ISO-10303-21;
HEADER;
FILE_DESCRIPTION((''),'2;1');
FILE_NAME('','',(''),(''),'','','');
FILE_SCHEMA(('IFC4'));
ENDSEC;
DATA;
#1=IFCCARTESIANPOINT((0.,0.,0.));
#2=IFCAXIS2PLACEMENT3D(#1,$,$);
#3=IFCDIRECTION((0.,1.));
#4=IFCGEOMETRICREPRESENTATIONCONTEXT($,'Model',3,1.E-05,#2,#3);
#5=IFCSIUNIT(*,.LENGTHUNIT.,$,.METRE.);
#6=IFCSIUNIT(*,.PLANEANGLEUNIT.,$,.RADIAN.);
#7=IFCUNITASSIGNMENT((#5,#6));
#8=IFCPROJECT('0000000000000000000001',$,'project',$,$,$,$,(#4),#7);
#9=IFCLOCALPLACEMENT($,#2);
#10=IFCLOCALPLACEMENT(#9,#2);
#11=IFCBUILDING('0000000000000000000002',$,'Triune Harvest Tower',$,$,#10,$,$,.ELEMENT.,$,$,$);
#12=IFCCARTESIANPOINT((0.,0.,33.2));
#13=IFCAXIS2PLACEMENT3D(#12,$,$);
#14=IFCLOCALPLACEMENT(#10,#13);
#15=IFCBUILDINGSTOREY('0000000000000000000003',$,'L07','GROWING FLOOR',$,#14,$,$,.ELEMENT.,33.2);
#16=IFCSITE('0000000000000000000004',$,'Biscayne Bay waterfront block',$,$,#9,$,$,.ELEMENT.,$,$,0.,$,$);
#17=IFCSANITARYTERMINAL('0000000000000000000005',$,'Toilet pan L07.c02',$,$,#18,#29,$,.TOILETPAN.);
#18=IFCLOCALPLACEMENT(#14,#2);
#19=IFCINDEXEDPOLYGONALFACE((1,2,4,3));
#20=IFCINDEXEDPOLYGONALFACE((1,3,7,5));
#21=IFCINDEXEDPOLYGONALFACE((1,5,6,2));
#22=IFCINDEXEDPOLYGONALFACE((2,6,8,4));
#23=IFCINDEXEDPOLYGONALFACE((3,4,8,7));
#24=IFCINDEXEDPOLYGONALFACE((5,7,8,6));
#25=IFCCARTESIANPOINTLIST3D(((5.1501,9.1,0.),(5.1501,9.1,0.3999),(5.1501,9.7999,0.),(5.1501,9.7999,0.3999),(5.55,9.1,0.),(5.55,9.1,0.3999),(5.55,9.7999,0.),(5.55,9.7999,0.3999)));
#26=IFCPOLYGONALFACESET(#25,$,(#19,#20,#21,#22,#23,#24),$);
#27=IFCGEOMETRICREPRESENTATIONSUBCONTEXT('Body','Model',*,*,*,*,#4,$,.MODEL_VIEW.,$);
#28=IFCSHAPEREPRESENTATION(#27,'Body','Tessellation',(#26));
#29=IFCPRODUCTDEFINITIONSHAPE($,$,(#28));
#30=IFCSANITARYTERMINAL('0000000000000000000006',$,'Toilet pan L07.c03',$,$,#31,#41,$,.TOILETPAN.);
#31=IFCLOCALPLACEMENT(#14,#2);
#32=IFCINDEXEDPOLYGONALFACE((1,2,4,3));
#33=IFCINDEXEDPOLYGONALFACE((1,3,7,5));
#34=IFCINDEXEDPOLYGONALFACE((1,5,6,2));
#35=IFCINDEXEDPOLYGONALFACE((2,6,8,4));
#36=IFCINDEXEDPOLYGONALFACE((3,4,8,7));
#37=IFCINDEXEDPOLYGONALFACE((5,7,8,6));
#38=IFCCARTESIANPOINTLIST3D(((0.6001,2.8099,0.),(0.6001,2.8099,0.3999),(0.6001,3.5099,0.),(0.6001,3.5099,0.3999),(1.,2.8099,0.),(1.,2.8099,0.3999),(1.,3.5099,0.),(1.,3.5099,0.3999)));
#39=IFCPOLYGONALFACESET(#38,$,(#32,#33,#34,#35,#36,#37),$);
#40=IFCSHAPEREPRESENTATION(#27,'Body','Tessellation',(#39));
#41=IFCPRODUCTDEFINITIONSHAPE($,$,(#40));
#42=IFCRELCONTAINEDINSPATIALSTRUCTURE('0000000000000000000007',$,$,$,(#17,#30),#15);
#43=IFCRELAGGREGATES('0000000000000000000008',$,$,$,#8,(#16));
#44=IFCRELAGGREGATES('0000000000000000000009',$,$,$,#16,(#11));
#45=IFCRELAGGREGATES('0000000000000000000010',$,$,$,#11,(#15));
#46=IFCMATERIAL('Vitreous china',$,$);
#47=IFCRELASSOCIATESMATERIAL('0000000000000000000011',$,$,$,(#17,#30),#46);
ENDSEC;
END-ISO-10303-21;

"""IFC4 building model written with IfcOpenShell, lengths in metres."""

from ifc_helpers import new_model, si_unit, direction, frame, origin, origin_2d, place, context, subcontext, project, spatial, rectangle, extrude, source, transform, mapped, material, element, save


model = new_model("IFC4")

# Units and contexts
model_context = context("Model", 3, precision=1e-05, world=origin(), true_north=direction((0.0, 1.0)))
body_context = subcontext(model_context, "Body", "Model", "MODEL_VIEW")
ifc_project = project(units=[si_unit("LENGTHUNIT", "METRE"), si_unit("PLANEANGLEUNIT", "RADIAN")], contexts=[model_context])

# Site, building, storey
site_placement = place(None, origin())
site = spatial("IfcSite", under=ifc_project, at=site_placement, Name="Biscayne Bay waterfront block", CompositionType="ELEMENT", RefElevation=0.0)
building_placement = place(site_placement, origin())
building = spatial("IfcBuilding", under=site, at=building_placement, Name="Triune Harvest Tower", CompositionType="ELEMENT")
storey_placement = place(building_placement, frame((0.0, 0.0, 33.2)))
storey = spatial("IfcBuildingStorey", under=building, at=storey_placement, Name="L07", Description="GROWING FLOOR", CompositionType="ELEMENT", Elevation=33.2)

# Sanitary terminals
ifc_material_1 = material(Name="Vitreous china")
shared_shape_1 = source(origin(), body_context, "Body", "SweptSolid", [
    extrude(rectangle(XDim=0.3999, YDim=0.7, at=origin_2d()), origin(), (0.0, 0.0, 1.0), 0.3999),
])
for number, where, z_axis, x_axis, name in (
    (1, (5.3501, 9.45, 0.0), (0.0, 0.0, 1.0), (1.0, 0.0, 0.0), "Toilet pan L07.c02"),
    (2, (0.8, 3.1599, 0.0), (0.0, 0.0, 1.0), (-1.0, 0.0, 0.0), "Toilet pan L07.c03"),
):
    element("IfcSanitaryTerminal", number, at=place(storey_placement, frame(where, z_axis=z_axis, x_axis=x_axis)), inside=storey, material=ifc_material_1, Name=name, PredefinedType="TOILETPAN", context=body_context, shape_type="MappedRepresentation", body=[
        mapped(shared_shape_1, transform((0.0, 0.0, 0.0), scale=1.0)),
    ])

save(model, "model.ifc")
